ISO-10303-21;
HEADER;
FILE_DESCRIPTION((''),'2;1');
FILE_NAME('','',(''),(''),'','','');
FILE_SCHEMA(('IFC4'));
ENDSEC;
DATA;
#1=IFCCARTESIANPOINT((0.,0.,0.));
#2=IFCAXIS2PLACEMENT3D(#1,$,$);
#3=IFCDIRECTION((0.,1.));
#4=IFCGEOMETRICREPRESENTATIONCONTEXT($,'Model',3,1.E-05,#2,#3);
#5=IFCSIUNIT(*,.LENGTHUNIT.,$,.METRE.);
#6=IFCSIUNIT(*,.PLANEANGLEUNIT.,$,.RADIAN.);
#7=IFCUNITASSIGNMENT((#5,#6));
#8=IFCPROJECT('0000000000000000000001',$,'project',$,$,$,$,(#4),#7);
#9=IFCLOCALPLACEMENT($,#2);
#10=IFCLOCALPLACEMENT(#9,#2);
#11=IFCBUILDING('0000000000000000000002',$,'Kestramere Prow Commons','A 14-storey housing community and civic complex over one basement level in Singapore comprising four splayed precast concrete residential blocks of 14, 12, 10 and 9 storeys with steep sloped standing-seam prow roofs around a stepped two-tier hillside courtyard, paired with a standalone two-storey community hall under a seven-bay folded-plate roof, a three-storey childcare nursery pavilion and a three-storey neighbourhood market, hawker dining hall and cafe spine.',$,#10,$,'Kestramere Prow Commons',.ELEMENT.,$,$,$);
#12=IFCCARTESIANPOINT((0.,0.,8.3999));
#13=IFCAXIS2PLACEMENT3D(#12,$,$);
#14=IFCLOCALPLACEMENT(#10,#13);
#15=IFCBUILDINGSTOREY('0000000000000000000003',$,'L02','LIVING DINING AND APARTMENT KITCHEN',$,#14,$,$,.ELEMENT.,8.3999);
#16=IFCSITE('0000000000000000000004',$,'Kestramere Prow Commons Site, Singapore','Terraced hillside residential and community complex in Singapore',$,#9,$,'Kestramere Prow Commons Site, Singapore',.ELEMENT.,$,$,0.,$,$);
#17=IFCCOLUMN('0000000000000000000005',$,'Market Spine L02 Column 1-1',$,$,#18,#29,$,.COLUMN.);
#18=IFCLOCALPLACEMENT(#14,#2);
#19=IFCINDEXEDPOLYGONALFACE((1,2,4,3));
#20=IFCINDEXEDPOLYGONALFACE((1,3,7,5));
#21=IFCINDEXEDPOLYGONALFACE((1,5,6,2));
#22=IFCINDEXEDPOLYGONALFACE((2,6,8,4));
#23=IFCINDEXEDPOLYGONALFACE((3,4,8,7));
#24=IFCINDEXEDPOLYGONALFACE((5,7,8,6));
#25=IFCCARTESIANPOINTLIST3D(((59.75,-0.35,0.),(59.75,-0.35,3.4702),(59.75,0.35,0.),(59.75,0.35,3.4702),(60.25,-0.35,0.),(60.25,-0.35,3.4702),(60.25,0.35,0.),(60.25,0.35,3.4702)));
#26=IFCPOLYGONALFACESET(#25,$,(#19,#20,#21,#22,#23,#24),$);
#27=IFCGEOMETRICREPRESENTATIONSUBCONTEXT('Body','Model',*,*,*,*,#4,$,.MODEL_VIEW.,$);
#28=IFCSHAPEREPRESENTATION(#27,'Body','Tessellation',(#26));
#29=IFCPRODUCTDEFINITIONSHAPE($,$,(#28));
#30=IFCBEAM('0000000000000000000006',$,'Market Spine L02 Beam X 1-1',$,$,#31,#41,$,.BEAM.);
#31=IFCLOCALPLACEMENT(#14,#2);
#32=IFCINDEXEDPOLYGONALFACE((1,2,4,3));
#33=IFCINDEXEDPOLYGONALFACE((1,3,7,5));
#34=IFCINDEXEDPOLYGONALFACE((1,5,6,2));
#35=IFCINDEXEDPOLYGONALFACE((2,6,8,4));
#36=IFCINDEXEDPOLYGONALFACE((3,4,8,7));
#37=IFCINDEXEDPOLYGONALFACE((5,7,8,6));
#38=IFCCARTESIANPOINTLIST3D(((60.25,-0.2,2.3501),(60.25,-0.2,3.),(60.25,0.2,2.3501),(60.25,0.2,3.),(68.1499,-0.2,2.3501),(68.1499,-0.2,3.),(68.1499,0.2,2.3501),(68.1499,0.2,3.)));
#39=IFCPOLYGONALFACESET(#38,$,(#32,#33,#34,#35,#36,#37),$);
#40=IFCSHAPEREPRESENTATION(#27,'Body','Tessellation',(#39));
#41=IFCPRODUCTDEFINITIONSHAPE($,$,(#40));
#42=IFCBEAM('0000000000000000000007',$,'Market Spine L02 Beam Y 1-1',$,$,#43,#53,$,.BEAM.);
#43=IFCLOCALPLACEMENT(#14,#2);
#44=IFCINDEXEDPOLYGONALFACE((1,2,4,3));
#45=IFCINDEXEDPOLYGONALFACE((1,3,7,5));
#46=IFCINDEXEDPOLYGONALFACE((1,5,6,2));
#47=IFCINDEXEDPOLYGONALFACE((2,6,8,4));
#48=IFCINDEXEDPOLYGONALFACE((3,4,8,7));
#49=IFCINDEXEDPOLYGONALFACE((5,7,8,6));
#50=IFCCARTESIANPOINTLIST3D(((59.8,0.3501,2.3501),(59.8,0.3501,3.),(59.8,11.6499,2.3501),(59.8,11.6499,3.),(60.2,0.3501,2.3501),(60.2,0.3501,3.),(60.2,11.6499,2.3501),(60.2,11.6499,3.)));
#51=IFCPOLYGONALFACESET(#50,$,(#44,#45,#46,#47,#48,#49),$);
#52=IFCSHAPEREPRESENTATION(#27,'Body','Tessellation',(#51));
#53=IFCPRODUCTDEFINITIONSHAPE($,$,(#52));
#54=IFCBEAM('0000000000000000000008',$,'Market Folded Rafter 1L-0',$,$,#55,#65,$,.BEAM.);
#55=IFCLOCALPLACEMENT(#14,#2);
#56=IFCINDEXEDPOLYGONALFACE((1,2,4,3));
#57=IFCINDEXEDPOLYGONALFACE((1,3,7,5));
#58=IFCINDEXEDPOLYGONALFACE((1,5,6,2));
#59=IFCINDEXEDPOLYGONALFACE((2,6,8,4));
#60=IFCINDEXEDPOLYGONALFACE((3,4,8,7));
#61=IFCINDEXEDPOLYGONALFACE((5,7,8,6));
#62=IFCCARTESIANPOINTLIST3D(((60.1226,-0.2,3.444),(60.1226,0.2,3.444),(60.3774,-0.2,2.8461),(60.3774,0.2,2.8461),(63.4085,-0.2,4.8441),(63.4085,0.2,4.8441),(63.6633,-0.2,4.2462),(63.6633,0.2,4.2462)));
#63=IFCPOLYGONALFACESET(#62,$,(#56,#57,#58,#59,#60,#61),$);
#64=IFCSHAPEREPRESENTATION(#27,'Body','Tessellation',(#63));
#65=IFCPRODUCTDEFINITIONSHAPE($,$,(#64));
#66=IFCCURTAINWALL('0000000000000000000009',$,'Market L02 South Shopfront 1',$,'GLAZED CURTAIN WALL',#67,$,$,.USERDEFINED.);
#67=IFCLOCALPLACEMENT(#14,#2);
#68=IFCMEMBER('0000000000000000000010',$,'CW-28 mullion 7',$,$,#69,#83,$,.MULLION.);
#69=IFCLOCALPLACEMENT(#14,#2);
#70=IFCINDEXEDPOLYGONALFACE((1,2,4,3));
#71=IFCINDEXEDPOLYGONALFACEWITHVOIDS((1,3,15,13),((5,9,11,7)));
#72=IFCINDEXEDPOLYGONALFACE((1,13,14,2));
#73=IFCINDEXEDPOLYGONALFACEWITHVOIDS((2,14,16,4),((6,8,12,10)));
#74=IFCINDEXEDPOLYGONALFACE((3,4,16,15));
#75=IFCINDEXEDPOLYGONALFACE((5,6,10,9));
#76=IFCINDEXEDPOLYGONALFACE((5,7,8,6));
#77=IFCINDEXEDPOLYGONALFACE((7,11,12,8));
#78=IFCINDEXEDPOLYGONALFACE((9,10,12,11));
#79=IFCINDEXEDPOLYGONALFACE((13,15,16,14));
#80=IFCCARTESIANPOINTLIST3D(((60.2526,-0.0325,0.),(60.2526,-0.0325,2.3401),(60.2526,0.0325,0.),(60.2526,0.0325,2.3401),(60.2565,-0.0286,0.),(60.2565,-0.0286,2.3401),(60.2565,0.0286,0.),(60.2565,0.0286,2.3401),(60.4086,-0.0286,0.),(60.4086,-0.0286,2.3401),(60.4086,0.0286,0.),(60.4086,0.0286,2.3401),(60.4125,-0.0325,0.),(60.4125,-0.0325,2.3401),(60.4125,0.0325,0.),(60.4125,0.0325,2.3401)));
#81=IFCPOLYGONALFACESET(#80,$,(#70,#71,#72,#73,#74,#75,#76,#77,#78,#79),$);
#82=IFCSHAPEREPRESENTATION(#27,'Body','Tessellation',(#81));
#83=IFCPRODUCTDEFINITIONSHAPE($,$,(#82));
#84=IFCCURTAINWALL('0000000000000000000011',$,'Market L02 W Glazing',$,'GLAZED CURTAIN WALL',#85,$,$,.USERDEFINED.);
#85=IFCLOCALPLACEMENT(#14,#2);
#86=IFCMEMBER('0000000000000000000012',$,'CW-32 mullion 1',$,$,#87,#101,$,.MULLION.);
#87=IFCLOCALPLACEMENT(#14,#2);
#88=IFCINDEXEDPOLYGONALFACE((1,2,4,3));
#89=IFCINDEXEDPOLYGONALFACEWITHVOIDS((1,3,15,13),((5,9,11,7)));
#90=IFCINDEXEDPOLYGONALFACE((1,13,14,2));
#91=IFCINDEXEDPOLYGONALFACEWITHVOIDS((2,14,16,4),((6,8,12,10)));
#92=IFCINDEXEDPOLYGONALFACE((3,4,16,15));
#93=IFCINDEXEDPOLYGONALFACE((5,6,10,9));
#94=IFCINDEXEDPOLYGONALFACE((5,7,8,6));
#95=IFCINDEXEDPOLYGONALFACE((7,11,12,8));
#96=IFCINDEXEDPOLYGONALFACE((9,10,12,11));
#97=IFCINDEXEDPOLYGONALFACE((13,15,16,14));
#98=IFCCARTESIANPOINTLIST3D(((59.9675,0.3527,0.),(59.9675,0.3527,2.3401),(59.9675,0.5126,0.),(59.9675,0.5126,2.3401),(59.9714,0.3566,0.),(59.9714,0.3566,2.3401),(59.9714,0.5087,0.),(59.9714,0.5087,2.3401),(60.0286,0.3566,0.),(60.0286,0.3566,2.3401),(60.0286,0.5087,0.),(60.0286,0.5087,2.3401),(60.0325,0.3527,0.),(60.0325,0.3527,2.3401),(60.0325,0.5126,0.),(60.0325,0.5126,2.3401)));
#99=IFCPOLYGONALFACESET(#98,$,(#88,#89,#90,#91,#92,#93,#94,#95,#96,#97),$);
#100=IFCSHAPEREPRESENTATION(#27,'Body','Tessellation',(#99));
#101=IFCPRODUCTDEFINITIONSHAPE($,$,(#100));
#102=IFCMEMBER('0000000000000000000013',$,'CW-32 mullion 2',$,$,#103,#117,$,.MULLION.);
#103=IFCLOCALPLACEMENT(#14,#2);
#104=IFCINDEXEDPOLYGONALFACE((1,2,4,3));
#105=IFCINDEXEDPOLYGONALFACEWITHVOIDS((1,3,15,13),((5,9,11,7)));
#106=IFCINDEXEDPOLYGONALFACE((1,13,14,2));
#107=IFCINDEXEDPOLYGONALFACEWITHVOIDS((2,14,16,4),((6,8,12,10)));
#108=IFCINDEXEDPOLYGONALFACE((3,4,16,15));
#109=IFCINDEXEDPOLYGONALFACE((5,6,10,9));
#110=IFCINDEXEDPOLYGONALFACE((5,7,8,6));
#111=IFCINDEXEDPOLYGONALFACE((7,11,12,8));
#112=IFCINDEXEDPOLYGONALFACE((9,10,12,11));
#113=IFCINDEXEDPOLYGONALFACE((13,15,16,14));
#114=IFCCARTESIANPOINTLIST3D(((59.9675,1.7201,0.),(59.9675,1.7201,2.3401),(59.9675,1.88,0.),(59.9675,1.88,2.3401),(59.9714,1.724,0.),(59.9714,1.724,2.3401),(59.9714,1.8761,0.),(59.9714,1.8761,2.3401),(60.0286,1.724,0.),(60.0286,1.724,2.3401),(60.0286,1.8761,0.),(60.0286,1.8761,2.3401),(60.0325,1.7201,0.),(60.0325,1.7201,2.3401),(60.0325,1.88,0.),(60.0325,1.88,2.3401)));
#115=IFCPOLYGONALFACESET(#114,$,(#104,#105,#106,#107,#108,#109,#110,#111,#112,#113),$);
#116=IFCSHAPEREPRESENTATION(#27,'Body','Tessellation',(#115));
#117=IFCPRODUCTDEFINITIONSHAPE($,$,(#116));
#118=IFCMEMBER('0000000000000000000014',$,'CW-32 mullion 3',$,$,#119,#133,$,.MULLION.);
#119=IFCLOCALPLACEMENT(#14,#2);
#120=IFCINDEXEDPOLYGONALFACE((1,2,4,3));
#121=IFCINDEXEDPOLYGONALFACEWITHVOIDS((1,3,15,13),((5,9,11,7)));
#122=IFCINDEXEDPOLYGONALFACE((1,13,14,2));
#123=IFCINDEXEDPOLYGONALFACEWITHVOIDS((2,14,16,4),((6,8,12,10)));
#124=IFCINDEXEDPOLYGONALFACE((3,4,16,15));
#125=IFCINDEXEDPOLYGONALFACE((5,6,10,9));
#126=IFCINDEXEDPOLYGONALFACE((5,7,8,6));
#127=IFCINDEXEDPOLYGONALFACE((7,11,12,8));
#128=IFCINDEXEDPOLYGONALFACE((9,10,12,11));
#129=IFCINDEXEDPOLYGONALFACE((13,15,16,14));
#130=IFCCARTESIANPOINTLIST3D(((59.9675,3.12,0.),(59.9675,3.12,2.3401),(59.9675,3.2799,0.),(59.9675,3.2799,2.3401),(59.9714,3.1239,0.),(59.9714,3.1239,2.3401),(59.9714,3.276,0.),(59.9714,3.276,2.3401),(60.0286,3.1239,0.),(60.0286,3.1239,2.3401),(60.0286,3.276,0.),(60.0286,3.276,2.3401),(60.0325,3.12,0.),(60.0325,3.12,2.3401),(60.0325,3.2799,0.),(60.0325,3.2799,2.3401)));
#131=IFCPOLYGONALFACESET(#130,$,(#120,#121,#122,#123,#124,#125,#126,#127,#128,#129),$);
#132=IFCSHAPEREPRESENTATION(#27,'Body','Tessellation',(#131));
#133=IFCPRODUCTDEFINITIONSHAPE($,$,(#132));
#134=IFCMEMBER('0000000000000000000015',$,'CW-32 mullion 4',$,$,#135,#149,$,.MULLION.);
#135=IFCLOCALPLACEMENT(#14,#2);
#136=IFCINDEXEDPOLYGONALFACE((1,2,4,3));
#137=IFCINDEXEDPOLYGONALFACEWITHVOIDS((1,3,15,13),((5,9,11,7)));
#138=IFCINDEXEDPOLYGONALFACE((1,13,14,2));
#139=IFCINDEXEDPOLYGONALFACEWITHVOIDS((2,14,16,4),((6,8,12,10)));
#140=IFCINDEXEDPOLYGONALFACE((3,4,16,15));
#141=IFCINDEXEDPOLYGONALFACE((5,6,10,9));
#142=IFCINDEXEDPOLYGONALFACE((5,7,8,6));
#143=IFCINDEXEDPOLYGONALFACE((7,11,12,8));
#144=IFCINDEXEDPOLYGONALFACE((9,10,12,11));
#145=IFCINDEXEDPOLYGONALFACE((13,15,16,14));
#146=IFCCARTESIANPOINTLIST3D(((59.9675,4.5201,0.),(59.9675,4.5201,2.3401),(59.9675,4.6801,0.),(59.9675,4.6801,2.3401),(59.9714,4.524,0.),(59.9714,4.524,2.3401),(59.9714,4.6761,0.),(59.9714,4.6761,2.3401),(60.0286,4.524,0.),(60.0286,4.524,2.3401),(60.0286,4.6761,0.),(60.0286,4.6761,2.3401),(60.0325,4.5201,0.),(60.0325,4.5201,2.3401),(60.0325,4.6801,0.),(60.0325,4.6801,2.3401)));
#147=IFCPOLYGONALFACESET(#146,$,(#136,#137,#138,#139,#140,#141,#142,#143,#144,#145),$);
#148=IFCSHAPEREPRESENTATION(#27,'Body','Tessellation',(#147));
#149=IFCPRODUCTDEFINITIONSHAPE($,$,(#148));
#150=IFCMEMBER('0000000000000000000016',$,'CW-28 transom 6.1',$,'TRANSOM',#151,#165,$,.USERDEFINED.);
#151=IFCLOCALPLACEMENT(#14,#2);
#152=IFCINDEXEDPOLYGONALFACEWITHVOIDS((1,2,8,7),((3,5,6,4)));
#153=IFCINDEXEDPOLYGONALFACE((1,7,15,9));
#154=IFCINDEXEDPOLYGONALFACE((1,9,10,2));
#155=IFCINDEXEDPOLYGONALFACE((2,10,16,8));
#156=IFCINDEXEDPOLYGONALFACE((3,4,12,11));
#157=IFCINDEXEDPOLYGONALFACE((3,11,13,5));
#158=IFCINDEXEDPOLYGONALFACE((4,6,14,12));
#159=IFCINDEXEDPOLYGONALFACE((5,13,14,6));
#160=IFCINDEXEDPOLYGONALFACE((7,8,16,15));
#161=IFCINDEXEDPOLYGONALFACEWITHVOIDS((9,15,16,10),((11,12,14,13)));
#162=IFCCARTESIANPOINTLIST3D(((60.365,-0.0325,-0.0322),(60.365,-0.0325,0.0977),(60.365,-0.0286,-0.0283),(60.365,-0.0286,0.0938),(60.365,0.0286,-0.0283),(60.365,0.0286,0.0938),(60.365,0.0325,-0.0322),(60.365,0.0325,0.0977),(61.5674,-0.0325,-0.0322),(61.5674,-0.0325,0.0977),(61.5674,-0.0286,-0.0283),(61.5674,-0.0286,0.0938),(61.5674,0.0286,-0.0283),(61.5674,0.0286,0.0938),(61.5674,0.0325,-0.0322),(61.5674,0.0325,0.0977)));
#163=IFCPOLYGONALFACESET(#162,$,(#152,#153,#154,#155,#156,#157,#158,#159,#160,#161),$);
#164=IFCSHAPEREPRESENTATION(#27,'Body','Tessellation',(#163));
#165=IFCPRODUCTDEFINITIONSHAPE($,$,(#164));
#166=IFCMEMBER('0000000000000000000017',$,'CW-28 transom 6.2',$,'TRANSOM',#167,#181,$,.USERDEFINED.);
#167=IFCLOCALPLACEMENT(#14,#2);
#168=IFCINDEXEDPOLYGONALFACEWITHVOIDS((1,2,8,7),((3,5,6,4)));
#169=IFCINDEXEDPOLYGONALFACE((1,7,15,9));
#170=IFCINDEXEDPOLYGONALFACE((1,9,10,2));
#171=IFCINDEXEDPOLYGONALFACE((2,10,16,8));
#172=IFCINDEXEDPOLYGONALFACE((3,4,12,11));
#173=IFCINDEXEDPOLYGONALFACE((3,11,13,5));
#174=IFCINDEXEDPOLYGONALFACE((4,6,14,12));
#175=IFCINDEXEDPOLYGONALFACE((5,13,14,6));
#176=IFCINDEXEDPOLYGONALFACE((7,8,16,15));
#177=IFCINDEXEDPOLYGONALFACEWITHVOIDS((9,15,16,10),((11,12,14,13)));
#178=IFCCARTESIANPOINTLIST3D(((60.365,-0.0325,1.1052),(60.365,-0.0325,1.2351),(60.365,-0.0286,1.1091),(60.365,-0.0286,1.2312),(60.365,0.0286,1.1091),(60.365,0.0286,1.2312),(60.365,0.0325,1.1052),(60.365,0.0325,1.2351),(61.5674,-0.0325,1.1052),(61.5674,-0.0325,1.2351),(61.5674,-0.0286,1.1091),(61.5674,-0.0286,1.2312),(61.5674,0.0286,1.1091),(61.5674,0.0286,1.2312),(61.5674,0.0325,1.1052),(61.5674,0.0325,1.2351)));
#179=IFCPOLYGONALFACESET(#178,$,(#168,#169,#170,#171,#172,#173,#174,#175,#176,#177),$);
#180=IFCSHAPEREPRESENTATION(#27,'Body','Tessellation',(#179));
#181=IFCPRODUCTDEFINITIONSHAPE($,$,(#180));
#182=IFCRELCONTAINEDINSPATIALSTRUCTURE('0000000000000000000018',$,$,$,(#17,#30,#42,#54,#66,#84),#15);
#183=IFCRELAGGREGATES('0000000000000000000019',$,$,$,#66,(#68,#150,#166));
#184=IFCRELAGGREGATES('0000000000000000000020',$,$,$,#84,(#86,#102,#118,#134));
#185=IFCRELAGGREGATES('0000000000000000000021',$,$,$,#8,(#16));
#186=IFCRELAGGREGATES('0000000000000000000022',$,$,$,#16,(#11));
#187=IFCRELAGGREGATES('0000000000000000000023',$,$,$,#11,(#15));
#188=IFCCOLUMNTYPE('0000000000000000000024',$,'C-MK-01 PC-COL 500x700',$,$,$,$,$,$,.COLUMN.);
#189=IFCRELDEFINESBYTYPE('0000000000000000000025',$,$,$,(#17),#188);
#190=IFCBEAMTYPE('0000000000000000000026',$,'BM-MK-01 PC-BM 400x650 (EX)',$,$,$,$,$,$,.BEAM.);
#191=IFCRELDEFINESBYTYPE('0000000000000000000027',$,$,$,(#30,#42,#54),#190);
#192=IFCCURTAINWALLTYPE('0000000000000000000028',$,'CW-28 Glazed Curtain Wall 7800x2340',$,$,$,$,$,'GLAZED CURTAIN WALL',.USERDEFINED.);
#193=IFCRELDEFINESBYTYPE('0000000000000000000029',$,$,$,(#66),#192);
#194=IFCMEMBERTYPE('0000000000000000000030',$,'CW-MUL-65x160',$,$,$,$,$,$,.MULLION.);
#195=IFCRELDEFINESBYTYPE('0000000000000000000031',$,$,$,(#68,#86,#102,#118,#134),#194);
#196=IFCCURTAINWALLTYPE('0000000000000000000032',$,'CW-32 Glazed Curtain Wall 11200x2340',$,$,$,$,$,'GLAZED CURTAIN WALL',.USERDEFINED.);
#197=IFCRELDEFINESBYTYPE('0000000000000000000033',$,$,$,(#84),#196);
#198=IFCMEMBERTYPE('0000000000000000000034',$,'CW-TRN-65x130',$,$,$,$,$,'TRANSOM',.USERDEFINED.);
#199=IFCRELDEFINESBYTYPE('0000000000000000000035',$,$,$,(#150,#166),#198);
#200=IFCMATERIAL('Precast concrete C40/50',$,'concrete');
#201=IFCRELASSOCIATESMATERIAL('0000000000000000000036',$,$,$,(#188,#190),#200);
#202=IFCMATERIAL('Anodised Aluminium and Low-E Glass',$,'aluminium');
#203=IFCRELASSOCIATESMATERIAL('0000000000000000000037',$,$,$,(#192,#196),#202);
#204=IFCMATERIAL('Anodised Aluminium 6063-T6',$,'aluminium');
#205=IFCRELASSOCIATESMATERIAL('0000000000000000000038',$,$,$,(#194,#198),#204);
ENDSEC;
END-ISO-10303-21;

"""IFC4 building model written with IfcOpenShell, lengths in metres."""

from ifc_helpers import new_model, si_unit, direction, frame, origin, origin_2d, place, context, subcontext, project, spatial, rectangle, hollow_rectangle, extrude, material, material_profile, profile_set, type_object, element, aggregate, save


model = new_model("IFC4")

# Units and contexts
model_context = context("Model", 3, precision=1e-05, world=origin(), true_north=direction((0.0, 1.0)))
body_context = subcontext(model_context, "Body", "Model", "MODEL_VIEW")
ifc_project = project(units=[si_unit("LENGTHUNIT", "METRE"), si_unit("PLANEANGLEUNIT", "RADIAN")], contexts=[model_context])

# Site, building, storey
site_placement = place(None, origin())
site = spatial("IfcSite", under=ifc_project, at=site_placement, Name="Kestramere Prow Commons Site, Singapore", Description="Terraced hillside residential and community complex in Singapore", LongName="Kestramere Prow Commons Site, Singapore", CompositionType="ELEMENT", RefElevation=0.0)
building_placement = place(site_placement, origin())
building = spatial("IfcBuilding", under=site, at=building_placement, Name="Kestramere Prow Commons", Description="A 14-storey housing community and civic complex over one basement level in Singapore comprising four splayed precast concrete residential blocks of 14, 12, 10 and 9 storeys with steep sloped standing-seam prow roofs around a stepped two-tier hillside courtyard, paired with a standalone two-storey community hall under a seven-bay folded-plate roof, a three-storey childcare nursery pavilion and a three-storey neighbourhood market, hawker dining hall and cafe spine.", LongName="Kestramere Prow Commons", CompositionType="ELEMENT")
storey_placement = place(building_placement, frame((0.0, 0.0, 8.3999)))
storey = spatial("IfcBuildingStorey", under=building, at=storey_placement, Name="L02", Description="LIVING DINING AND APARTMENT KITCHEN", CompositionType="ELEMENT", Elevation=8.3999)

# Column
ifc_material_1 = material(Name="Precast concrete C40/50", Category="concrete")
ifc_material_profile_1 = material_profile(ifc_material_1, rectangle(XDim=0.5, YDim=0.7, at=origin_2d()), Name="PC-COL 500x700")
ifc_profile_set_1 = profile_set([ifc_material_profile_1], Name="Precast concrete C40/50")
column_type = type_object("IfcColumnType", Name="C-MK-01 PC-COL 500x700", PredefinedType="COLUMN", material=ifc_profile_set_1)
column_placement = place(storey_placement, frame((60.0, 0.0, 0.0), z_axis=(0.0, 0.0, 1.0), x_axis=(1.0, 0.0, 0.0)))
element("IfcColumn", 1, at=column_placement, inside=storey, type_object=column_type, Name="Market Spine L02 Column 1-1", PredefinedType="COLUMN", context=body_context, shape_type="SweptSolid", body=[
    extrude(rectangle(XDim=0.5, YDim=0.7, at=origin_2d()), origin(), (0.0, 0.0, 1.0), 3.4702),
])

# Beams
ifc_material_profile_2 = material_profile(ifc_material_1, rectangle(XDim=0.3999, YDim=0.6499, at=origin_2d()), Name="PC-BM 400x650")
ifc_profile_set_2 = profile_set([ifc_material_profile_2], Name="Precast concrete C40/50")
beam_type = type_object("IfcBeamType", Name="BM-MK-01 PC-BM 400x650 (EX)", PredefinedType="BEAM", material=ifc_profile_set_2)
beam_1_placement = place(storey_placement, frame((60.25, 0.0, 2.675), z_axis=(1.0, 0.0, 0.0), x_axis=(0.0, 1.0, 0.0)))
element("IfcBeam", 2, at=beam_1_placement, inside=storey, type_object=beam_type, Name="Market Spine L02 Beam X 1-1", PredefinedType="BEAM", context=body_context, shape_type="SweptSolid", body=[
    extrude(rectangle(XDim=0.3999, YDim=0.6499, at=origin_2d()), origin(), (0.0, 0.0, 1.0), 7.8999),
])
beam_2_placement = place(storey_placement, frame((60.0, 0.3501, 2.675), z_axis=(0.0, 1.0, 0.0), x_axis=(-1.0, 0.0, 0.0)))
element("IfcBeam", 3, at=beam_2_placement, inside=storey, type_object=beam_type, Name="Market Spine L02 Beam Y 1-1", PredefinedType="BEAM", context=body_context, shape_type="SweptSolid", body=[
    extrude(rectangle(XDim=0.3999, YDim=0.6499, at=origin_2d()), origin(), (0.0, 0.0, 1.0), 11.2998),
])
beam_3_placement = place(storey_placement, frame((60.25, 0.0, 3.145), z_axis=(0.919963, 0.0, 0.392005), x_axis=(0.0, 1.0, 0.0)))
element("IfcBeam", 4, at=beam_3_placement, inside=storey, type_object=beam_type, Name="Market Folded Rafter 1L-0", PredefinedType="BEAM", context=body_context, shape_type="SweptSolid", body=[
    extrude(rectangle(XDim=0.3999, YDim=0.6499, at=origin_2d()), origin(), (0.0, 0.0, 1.0), 3.5718),
])

# Curtain wall, member
ifc_material_2 = material(Name="Anodised Aluminium and Low-E Glass", Category="aluminium")
curtain_wall_type_1 = type_object("IfcCurtainWallType", Name="CW-28 Glazed Curtain Wall 7800x2340", ElementType="GLAZED CURTAIN WALL", PredefinedType="USERDEFINED", material=ifc_material_2)
curtain_wall_1_placement = place(storey_placement, origin())
curtain_wall_1 = element("IfcCurtainWall", 5, at=curtain_wall_1_placement, inside=storey, type_object=curtain_wall_type_1, Name="Market L02 South Shopfront 1", ObjectType="GLAZED CURTAIN WALL", PredefinedType="USERDEFINED")
ifc_material_3 = material(Name="Anodised Aluminium 6063-T6", Category="aluminium")
ifc_material_profile_3 = material_profile(ifc_material_3, hollow_rectangle(XDim=0.0649, YDim=0.1599, WallThickness=0.0039, at=origin_2d()), Name="ALU-MUL 65x160")
ifc_profile_set_3 = profile_set([ifc_material_profile_3], Name="Anodised Aluminium 6063-T6")
member_type_1 = type_object("IfcMemberType", Name="CW-MUL-65x160", PredefinedType="MULLION", material=ifc_profile_set_3)
member_1_placement = place(storey_placement, frame((60.3325, 0.0, 0.0), z_axis=(0.0, 0.0, 1.0), x_axis=(0.0, -1.0, 0.0)))
member_1 = element("IfcMember", 6, at=member_1_placement, type_object=member_type_1, Name="CW-28 mullion 7", PredefinedType="MULLION", context=body_context, shape_type="SweptSolid", body=[
    extrude(hollow_rectangle(XDim=0.0649, YDim=0.1599, WallThickness=0.0039, at=origin_2d()), origin(), (0.0, 0.0, 1.0), 2.3401),
])

# Curtain wall, members
curtain_wall_type_2 = type_object("IfcCurtainWallType", Name="CW-32 Glazed Curtain Wall 11200x2340", ElementType="GLAZED CURTAIN WALL", PredefinedType="USERDEFINED", material=ifc_material_2)
curtain_wall_2_placement = place(storey_placement, origin())
curtain_wall_2 = element("IfcCurtainWall", 7, at=curtain_wall_2_placement, inside=storey, type_object=curtain_wall_type_2, Name="Market L02 W Glazing", ObjectType="GLAZED CURTAIN WALL", PredefinedType="USERDEFINED")
member_2_placement = place(storey_placement, frame((60.0, 0.4326, 0.0), z_axis=(0.0, 0.0, 1.0), x_axis=(-1.0, 0.0, 0.0)))
member_2 = element("IfcMember", 8, at=member_2_placement, type_object=member_type_1, Name="CW-32 mullion 1", PredefinedType="MULLION", context=body_context, shape_type="SweptSolid", body=[
    extrude(hollow_rectangle(XDim=0.0649, YDim=0.1599, WallThickness=0.0039, at=origin_2d()), origin(), (0.0, 0.0, 1.0), 2.3401),
])
member_3_placement = place(storey_placement, frame((60.0, 1.8, 0.0), z_axis=(0.0, 0.0, 1.0), x_axis=(-1.0, 0.0, 0.0)))
member_3 = element("IfcMember", 9, at=member_3_placement, type_object=member_type_1, Name="CW-32 mullion 2", PredefinedType="MULLION", context=body_context, shape_type="SweptSolid", body=[
    extrude(hollow_rectangle(XDim=0.0649, YDim=0.1599, WallThickness=0.0039, at=origin_2d()), origin(), (0.0, 0.0, 1.0), 2.3401),
])
member_4_placement = place(storey_placement, frame((60.0, 3.2, 0.0), z_axis=(0.0, 0.0, 1.0), x_axis=(-1.0, 0.0, 0.0)))
member_4 = element("IfcMember", 10, at=member_4_placement, type_object=member_type_1, Name="CW-32 mullion 3", PredefinedType="MULLION", context=body_context, shape_type="SweptSolid", body=[
    extrude(hollow_rectangle(XDim=0.0649, YDim=0.1599, WallThickness=0.0039, at=origin_2d()), origin(), (0.0, 0.0, 1.0), 2.3401),
])
member_5_placement = place(storey_placement, frame((60.0, 4.6001, 0.0), z_axis=(0.0, 0.0, 1.0), x_axis=(-1.0, 0.0, 0.0)))
member_5 = element("IfcMember", 11, at=member_5_placement, type_object=member_type_1, Name="CW-32 mullion 4", PredefinedType="MULLION", context=body_context, shape_type="SweptSolid", body=[
    extrude(hollow_rectangle(XDim=0.0649, YDim=0.1599, WallThickness=0.0039, at=origin_2d()), origin(), (0.0, 0.0, 1.0), 2.3401),
])

# Members
ifc_material_profile_4 = material_profile(ifc_material_3, hollow_rectangle(XDim=0.0649, YDim=0.1299, WallThickness=0.0039, at=origin_2d()), Name="ALU-TRN 65x130")
ifc_profile_set_4 = profile_set([ifc_material_profile_4], Name="Anodised Aluminium 6063-T6")
member_type_2 = type_object("IfcMemberType", Name="CW-TRN-65x130", ElementType="TRANSOM", PredefinedType="USERDEFINED", material=ifc_profile_set_4)
member_6_placement = place(storey_placement, frame((61.5674, 0.0, 0.0327), z_axis=(-1.0, 0.0, 0.0), x_axis=(0.0, -1.0, 0.0)))
member_6 = element("IfcMember", 12, at=member_6_placement, type_object=member_type_2, Name="CW-28 transom 6.1", ObjectType="TRANSOM", PredefinedType="USERDEFINED", context=body_context, shape_type="SweptSolid", body=[
    extrude(hollow_rectangle(XDim=0.0649, YDim=0.1299, WallThickness=0.0039, at=origin_2d()), origin(), (0.0, 0.0, 1.0), 1.2024),
])
member_7_placement = place(storey_placement, frame((61.5674, 0.0, 1.1702), z_axis=(-1.0, 0.0, 0.0), x_axis=(0.0, -1.0, 0.0)))
member_7 = element("IfcMember", 13, at=member_7_placement, type_object=member_type_2, Name="CW-28 transom 6.2", ObjectType="TRANSOM", PredefinedType="USERDEFINED", context=body_context, shape_type="SweptSolid", body=[
    extrude(hollow_rectangle(XDim=0.0649, YDim=0.1299, WallThickness=0.0039, at=origin_2d()), origin(), (0.0, 0.0, 1.0), 1.2024),
])

aggregate(curtain_wall_1, [member_1, member_6, member_7])
aggregate(curtain_wall_2, [member_2, member_3, member_4, member_5])

save(model, "model.ifc")
